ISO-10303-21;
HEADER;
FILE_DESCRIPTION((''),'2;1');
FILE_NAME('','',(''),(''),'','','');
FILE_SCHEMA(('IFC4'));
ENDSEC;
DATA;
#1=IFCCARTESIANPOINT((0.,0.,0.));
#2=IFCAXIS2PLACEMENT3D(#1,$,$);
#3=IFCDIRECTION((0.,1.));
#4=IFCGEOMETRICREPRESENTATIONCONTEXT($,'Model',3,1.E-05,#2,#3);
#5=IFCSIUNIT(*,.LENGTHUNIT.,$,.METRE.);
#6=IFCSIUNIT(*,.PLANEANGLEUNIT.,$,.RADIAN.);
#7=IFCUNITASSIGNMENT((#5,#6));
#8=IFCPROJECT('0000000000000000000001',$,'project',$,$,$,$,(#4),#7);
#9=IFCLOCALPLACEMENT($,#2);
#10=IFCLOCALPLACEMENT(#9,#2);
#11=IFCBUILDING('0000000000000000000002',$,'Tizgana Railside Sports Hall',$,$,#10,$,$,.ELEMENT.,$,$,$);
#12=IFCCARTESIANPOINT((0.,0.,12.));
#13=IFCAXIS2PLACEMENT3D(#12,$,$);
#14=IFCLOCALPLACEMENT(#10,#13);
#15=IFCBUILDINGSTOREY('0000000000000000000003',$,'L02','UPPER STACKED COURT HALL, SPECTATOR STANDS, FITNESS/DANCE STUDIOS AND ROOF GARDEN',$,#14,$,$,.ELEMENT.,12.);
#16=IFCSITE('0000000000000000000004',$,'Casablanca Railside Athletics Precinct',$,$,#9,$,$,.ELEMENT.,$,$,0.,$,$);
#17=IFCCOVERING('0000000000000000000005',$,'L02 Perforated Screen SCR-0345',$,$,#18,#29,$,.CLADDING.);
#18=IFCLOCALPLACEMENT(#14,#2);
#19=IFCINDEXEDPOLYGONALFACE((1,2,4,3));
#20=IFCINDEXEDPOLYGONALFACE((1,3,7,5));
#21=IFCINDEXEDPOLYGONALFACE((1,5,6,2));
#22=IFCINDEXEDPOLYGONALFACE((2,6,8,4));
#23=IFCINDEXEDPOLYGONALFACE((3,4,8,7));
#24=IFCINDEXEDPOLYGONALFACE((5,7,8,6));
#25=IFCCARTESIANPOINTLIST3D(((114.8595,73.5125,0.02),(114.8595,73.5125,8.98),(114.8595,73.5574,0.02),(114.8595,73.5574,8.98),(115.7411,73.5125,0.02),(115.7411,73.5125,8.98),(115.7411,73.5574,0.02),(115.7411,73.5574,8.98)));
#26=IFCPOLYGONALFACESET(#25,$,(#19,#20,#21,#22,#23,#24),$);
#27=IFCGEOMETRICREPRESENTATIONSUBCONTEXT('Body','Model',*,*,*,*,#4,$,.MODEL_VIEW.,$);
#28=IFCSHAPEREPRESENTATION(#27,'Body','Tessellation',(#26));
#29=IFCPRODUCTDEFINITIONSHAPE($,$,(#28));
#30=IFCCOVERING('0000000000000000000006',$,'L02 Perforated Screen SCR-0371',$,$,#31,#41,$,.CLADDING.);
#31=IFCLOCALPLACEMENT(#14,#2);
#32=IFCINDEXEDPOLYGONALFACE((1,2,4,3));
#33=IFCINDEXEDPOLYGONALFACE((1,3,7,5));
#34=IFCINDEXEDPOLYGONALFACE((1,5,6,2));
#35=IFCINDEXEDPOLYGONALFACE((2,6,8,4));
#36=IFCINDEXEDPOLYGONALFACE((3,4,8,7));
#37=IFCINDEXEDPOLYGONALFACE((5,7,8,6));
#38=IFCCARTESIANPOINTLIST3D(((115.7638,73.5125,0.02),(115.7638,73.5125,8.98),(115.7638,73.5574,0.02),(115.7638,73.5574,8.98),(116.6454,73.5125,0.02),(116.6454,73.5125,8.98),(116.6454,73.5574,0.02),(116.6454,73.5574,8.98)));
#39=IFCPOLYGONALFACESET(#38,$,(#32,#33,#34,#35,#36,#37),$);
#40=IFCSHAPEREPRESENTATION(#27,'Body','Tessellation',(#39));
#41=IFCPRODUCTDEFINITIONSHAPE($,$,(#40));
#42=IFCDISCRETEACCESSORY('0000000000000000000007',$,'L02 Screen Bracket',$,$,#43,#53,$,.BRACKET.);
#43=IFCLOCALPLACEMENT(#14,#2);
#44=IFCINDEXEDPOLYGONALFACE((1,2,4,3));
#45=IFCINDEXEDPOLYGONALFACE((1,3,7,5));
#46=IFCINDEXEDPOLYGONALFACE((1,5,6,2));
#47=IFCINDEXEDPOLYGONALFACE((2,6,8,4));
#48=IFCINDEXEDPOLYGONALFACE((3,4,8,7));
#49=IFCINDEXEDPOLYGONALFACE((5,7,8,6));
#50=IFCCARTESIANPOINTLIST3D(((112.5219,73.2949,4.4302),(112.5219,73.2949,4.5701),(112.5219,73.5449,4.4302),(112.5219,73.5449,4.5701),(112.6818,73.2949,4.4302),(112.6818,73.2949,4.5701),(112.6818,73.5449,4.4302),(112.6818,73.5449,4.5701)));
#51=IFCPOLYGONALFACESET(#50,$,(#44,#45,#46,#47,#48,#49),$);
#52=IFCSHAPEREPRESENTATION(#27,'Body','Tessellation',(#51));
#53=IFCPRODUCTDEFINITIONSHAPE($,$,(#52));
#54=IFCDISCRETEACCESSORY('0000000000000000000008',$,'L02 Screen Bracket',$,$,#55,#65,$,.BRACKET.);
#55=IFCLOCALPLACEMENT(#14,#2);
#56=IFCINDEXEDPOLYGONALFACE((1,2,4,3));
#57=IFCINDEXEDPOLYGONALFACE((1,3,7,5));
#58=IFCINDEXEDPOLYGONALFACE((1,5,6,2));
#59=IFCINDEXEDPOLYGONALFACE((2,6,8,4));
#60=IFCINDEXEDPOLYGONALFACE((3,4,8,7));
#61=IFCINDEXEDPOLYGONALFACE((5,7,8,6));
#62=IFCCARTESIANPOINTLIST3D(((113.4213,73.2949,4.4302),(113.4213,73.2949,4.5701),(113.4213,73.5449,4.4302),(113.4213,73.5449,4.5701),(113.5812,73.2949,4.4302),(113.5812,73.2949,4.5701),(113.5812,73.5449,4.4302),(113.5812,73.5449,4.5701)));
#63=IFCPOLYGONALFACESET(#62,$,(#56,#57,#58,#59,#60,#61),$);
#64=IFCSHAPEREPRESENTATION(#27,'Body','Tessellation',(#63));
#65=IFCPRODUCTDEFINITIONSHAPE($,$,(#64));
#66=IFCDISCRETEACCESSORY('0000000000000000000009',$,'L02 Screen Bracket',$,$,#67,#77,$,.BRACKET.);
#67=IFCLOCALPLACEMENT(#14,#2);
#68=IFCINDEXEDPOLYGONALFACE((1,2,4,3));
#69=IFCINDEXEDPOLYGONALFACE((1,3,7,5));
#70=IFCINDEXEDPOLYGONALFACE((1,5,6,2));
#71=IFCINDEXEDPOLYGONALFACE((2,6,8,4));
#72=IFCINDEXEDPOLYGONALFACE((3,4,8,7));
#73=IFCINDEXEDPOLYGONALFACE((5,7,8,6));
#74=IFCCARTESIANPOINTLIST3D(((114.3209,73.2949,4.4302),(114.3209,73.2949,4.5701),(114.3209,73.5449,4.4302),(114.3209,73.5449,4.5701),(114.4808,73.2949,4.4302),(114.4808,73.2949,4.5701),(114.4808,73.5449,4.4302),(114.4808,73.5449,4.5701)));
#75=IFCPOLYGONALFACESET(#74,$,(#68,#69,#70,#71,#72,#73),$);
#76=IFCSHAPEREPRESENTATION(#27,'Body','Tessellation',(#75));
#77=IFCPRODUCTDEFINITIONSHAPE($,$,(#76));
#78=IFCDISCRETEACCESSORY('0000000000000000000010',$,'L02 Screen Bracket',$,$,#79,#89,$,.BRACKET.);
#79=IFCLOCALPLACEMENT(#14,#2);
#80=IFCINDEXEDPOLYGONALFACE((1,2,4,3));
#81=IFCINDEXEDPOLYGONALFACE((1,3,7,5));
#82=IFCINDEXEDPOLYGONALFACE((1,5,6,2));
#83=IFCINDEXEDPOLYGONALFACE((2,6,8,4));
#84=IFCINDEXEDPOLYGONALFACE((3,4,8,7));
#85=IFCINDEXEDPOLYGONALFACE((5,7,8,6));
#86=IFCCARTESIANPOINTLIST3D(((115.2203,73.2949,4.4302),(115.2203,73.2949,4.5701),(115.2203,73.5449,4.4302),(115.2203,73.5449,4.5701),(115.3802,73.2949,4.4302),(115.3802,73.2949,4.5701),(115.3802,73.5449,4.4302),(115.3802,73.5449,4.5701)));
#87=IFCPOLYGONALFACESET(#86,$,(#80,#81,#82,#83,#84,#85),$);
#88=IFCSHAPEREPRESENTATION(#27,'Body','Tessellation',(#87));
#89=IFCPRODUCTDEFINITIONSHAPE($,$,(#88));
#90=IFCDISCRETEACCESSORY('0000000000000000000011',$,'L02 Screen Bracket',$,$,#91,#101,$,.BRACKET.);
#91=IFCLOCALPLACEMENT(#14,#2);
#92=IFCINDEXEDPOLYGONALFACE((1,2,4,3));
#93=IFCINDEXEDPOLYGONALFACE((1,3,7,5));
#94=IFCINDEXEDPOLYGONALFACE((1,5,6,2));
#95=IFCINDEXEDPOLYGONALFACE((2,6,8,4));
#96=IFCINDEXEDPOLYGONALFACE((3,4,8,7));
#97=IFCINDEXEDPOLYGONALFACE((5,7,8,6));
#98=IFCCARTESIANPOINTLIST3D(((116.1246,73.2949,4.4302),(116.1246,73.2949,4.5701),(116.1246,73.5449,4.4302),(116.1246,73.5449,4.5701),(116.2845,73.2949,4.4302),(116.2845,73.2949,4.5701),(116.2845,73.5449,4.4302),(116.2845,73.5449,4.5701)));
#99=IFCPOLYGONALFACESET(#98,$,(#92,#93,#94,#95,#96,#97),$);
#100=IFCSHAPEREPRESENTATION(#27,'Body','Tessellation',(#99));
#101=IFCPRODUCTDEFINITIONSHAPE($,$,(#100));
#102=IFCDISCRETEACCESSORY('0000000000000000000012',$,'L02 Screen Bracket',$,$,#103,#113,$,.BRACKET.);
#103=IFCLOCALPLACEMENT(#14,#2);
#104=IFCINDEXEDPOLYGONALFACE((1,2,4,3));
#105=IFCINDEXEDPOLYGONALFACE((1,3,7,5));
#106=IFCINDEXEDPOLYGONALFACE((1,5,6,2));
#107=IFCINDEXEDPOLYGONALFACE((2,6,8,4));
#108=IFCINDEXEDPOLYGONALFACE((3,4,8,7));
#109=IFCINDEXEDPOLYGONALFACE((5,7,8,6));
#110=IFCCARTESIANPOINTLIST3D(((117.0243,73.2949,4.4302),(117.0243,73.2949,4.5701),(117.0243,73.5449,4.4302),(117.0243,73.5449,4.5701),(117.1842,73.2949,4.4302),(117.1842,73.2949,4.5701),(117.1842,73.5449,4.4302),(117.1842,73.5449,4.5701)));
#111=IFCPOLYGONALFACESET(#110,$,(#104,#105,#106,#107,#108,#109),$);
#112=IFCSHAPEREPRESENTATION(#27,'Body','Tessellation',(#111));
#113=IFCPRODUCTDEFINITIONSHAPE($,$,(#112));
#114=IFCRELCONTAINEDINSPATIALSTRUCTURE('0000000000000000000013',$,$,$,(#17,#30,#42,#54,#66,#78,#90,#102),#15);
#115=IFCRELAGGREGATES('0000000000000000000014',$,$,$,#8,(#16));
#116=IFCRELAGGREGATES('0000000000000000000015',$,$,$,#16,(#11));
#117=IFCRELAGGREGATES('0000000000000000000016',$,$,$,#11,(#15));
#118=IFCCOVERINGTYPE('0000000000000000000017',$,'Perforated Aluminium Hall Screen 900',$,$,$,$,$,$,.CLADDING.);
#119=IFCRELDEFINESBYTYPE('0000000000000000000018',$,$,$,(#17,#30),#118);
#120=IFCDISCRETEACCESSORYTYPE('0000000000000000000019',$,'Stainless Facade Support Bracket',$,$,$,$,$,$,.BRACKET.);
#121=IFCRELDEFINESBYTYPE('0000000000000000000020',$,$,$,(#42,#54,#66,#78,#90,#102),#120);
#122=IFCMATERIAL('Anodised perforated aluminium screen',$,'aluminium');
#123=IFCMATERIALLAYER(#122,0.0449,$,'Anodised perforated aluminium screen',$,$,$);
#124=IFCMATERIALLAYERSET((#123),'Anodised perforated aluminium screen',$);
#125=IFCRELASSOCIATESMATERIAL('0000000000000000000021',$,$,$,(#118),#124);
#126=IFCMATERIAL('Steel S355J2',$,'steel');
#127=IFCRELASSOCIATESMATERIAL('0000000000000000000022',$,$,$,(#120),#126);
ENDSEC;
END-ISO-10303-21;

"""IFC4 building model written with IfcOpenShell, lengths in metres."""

from ifc_helpers import new_model, si_unit, direction, frame, origin, origin_2d, place, context, subcontext, project, spatial, rectangle, extrude, material, layer, layer_set, type_object, element, save


model = new_model("IFC4")

# Units and contexts
model_context = context("Model", 3, precision=1e-05, world=origin(), true_north=direction((0.0, 1.0)))
body_context = subcontext(model_context, "Body", "Model", "MODEL_VIEW")
ifc_project = project(units=[si_unit("LENGTHUNIT", "METRE"), si_unit("PLANEANGLEUNIT", "RADIAN")], contexts=[model_context])

# Site, building, storey
site_placement = place(None, origin())
site = spatial("IfcSite", under=ifc_project, at=site_placement, Name="Casablanca Railside Athletics Precinct", CompositionType="ELEMENT", RefElevation=0.0)
building_placement = place(site_placement, origin())
building = spatial("IfcBuilding", under=site, at=building_placement, Name="Tizgana Railside Sports Hall", CompositionType="ELEMENT")
storey_placement = place(building_placement, frame((0.0, 0.0, 12.0)))
storey = spatial("IfcBuildingStorey", under=building, at=storey_placement, Name="L02", Description="UPPER STACKED COURT HALL, SPECTATOR STANDS, FITNESS/DANCE STUDIOS AND ROOF GARDEN", CompositionType="ELEMENT", Elevation=12.0)

# Coverings
ifc_material_1 = material(Name="Anodised perforated aluminium screen", Category="aluminium")
ifc_layer_1 = layer(ifc_material_1, 0.0449, Name="Anodised perforated aluminium screen")
ifc_layer_set_1 = layer_set([ifc_layer_1], Name="Anodised perforated aluminium screen")
covering_type = type_object("IfcCoveringType", Name="Perforated Aluminium Hall Screen 900", PredefinedType="CLADDING", material=ifc_layer_set_1)
for number, where, z_axis, x_axis, name in (
    (1, (115.3003, 73.5349, 0.02), (0.0, 0.0, 1.0), (1.0, 0.0, 0.0), "L02 Perforated Screen SCR-0345"),
    (2, (116.2046, 73.5349, 0.02), (0.0, 0.0, 1.0), (1.0, 0.0, 0.0), "L02 Perforated Screen SCR-0371"),
):
    element("IfcCovering", number, at=place(storey_placement, frame(where, z_axis=z_axis, x_axis=x_axis)), inside=storey, type_object=covering_type, Name=name, PredefinedType="CLADDING", context=body_context, shape_type="SweptSolid", body=[
        extrude(rectangle(XDim=0.8816, YDim=0.0449, at=origin_2d()), origin(), (0.0, 0.0, 1.0), 8.96),
    ])

# Discrete accessories
ifc_material_2 = material(Name="Steel S355J2", Category="steel")
discrete_accessory_type = type_object("IfcDiscreteAccessoryType", Name="Stainless Facade Support Bracket", PredefinedType="BRACKET", material=ifc_material_2)
for number, where, z_axis, x_axis, name in (
    (3, (112.6018, 73.4199, 4.4302), (0.0, 0.0, 1.0), (1.0, 0.0, 0.0), "L02 Screen Bracket"),
    (4, (113.5012, 73.4199, 4.4302), (0.0, 0.0, 1.0), (1.0, 0.0, 0.0), "L02 Screen Bracket"),
    (5, (114.4009, 73.4199, 4.4302), (0.0, 0.0, 1.0), (1.0, 0.0, 0.0), "L02 Screen Bracket"),
    (6, (115.3003, 73.4199, 4.4302), (0.0, 0.0, 1.0), (1.0, 0.0, 0.0), "L02 Screen Bracket"),
    (7, (116.2046, 73.4199, 4.4302), (0.0, 0.0, 1.0), (1.0, 0.0, 0.0), "L02 Screen Bracket"),
    (8, (117.1042, 73.4199, 4.4302), (0.0, 0.0, 1.0), (1.0, 0.0, 0.0), "L02 Screen Bracket"),
):
    element("IfcDiscreteAccessory", number, at=place(storey_placement, frame(where, z_axis=z_axis, x_axis=x_axis)), inside=storey, type_object=discrete_accessory_type, Name=name, PredefinedType="BRACKET", context=body_context, shape_type="SweptSolid", body=[
        extrude(rectangle(XDim=0.1599, YDim=0.25, at=origin_2d()), origin(), (0.0, 0.0, 1.0), 0.1399),
    ])

save(model, "model.ifc")
